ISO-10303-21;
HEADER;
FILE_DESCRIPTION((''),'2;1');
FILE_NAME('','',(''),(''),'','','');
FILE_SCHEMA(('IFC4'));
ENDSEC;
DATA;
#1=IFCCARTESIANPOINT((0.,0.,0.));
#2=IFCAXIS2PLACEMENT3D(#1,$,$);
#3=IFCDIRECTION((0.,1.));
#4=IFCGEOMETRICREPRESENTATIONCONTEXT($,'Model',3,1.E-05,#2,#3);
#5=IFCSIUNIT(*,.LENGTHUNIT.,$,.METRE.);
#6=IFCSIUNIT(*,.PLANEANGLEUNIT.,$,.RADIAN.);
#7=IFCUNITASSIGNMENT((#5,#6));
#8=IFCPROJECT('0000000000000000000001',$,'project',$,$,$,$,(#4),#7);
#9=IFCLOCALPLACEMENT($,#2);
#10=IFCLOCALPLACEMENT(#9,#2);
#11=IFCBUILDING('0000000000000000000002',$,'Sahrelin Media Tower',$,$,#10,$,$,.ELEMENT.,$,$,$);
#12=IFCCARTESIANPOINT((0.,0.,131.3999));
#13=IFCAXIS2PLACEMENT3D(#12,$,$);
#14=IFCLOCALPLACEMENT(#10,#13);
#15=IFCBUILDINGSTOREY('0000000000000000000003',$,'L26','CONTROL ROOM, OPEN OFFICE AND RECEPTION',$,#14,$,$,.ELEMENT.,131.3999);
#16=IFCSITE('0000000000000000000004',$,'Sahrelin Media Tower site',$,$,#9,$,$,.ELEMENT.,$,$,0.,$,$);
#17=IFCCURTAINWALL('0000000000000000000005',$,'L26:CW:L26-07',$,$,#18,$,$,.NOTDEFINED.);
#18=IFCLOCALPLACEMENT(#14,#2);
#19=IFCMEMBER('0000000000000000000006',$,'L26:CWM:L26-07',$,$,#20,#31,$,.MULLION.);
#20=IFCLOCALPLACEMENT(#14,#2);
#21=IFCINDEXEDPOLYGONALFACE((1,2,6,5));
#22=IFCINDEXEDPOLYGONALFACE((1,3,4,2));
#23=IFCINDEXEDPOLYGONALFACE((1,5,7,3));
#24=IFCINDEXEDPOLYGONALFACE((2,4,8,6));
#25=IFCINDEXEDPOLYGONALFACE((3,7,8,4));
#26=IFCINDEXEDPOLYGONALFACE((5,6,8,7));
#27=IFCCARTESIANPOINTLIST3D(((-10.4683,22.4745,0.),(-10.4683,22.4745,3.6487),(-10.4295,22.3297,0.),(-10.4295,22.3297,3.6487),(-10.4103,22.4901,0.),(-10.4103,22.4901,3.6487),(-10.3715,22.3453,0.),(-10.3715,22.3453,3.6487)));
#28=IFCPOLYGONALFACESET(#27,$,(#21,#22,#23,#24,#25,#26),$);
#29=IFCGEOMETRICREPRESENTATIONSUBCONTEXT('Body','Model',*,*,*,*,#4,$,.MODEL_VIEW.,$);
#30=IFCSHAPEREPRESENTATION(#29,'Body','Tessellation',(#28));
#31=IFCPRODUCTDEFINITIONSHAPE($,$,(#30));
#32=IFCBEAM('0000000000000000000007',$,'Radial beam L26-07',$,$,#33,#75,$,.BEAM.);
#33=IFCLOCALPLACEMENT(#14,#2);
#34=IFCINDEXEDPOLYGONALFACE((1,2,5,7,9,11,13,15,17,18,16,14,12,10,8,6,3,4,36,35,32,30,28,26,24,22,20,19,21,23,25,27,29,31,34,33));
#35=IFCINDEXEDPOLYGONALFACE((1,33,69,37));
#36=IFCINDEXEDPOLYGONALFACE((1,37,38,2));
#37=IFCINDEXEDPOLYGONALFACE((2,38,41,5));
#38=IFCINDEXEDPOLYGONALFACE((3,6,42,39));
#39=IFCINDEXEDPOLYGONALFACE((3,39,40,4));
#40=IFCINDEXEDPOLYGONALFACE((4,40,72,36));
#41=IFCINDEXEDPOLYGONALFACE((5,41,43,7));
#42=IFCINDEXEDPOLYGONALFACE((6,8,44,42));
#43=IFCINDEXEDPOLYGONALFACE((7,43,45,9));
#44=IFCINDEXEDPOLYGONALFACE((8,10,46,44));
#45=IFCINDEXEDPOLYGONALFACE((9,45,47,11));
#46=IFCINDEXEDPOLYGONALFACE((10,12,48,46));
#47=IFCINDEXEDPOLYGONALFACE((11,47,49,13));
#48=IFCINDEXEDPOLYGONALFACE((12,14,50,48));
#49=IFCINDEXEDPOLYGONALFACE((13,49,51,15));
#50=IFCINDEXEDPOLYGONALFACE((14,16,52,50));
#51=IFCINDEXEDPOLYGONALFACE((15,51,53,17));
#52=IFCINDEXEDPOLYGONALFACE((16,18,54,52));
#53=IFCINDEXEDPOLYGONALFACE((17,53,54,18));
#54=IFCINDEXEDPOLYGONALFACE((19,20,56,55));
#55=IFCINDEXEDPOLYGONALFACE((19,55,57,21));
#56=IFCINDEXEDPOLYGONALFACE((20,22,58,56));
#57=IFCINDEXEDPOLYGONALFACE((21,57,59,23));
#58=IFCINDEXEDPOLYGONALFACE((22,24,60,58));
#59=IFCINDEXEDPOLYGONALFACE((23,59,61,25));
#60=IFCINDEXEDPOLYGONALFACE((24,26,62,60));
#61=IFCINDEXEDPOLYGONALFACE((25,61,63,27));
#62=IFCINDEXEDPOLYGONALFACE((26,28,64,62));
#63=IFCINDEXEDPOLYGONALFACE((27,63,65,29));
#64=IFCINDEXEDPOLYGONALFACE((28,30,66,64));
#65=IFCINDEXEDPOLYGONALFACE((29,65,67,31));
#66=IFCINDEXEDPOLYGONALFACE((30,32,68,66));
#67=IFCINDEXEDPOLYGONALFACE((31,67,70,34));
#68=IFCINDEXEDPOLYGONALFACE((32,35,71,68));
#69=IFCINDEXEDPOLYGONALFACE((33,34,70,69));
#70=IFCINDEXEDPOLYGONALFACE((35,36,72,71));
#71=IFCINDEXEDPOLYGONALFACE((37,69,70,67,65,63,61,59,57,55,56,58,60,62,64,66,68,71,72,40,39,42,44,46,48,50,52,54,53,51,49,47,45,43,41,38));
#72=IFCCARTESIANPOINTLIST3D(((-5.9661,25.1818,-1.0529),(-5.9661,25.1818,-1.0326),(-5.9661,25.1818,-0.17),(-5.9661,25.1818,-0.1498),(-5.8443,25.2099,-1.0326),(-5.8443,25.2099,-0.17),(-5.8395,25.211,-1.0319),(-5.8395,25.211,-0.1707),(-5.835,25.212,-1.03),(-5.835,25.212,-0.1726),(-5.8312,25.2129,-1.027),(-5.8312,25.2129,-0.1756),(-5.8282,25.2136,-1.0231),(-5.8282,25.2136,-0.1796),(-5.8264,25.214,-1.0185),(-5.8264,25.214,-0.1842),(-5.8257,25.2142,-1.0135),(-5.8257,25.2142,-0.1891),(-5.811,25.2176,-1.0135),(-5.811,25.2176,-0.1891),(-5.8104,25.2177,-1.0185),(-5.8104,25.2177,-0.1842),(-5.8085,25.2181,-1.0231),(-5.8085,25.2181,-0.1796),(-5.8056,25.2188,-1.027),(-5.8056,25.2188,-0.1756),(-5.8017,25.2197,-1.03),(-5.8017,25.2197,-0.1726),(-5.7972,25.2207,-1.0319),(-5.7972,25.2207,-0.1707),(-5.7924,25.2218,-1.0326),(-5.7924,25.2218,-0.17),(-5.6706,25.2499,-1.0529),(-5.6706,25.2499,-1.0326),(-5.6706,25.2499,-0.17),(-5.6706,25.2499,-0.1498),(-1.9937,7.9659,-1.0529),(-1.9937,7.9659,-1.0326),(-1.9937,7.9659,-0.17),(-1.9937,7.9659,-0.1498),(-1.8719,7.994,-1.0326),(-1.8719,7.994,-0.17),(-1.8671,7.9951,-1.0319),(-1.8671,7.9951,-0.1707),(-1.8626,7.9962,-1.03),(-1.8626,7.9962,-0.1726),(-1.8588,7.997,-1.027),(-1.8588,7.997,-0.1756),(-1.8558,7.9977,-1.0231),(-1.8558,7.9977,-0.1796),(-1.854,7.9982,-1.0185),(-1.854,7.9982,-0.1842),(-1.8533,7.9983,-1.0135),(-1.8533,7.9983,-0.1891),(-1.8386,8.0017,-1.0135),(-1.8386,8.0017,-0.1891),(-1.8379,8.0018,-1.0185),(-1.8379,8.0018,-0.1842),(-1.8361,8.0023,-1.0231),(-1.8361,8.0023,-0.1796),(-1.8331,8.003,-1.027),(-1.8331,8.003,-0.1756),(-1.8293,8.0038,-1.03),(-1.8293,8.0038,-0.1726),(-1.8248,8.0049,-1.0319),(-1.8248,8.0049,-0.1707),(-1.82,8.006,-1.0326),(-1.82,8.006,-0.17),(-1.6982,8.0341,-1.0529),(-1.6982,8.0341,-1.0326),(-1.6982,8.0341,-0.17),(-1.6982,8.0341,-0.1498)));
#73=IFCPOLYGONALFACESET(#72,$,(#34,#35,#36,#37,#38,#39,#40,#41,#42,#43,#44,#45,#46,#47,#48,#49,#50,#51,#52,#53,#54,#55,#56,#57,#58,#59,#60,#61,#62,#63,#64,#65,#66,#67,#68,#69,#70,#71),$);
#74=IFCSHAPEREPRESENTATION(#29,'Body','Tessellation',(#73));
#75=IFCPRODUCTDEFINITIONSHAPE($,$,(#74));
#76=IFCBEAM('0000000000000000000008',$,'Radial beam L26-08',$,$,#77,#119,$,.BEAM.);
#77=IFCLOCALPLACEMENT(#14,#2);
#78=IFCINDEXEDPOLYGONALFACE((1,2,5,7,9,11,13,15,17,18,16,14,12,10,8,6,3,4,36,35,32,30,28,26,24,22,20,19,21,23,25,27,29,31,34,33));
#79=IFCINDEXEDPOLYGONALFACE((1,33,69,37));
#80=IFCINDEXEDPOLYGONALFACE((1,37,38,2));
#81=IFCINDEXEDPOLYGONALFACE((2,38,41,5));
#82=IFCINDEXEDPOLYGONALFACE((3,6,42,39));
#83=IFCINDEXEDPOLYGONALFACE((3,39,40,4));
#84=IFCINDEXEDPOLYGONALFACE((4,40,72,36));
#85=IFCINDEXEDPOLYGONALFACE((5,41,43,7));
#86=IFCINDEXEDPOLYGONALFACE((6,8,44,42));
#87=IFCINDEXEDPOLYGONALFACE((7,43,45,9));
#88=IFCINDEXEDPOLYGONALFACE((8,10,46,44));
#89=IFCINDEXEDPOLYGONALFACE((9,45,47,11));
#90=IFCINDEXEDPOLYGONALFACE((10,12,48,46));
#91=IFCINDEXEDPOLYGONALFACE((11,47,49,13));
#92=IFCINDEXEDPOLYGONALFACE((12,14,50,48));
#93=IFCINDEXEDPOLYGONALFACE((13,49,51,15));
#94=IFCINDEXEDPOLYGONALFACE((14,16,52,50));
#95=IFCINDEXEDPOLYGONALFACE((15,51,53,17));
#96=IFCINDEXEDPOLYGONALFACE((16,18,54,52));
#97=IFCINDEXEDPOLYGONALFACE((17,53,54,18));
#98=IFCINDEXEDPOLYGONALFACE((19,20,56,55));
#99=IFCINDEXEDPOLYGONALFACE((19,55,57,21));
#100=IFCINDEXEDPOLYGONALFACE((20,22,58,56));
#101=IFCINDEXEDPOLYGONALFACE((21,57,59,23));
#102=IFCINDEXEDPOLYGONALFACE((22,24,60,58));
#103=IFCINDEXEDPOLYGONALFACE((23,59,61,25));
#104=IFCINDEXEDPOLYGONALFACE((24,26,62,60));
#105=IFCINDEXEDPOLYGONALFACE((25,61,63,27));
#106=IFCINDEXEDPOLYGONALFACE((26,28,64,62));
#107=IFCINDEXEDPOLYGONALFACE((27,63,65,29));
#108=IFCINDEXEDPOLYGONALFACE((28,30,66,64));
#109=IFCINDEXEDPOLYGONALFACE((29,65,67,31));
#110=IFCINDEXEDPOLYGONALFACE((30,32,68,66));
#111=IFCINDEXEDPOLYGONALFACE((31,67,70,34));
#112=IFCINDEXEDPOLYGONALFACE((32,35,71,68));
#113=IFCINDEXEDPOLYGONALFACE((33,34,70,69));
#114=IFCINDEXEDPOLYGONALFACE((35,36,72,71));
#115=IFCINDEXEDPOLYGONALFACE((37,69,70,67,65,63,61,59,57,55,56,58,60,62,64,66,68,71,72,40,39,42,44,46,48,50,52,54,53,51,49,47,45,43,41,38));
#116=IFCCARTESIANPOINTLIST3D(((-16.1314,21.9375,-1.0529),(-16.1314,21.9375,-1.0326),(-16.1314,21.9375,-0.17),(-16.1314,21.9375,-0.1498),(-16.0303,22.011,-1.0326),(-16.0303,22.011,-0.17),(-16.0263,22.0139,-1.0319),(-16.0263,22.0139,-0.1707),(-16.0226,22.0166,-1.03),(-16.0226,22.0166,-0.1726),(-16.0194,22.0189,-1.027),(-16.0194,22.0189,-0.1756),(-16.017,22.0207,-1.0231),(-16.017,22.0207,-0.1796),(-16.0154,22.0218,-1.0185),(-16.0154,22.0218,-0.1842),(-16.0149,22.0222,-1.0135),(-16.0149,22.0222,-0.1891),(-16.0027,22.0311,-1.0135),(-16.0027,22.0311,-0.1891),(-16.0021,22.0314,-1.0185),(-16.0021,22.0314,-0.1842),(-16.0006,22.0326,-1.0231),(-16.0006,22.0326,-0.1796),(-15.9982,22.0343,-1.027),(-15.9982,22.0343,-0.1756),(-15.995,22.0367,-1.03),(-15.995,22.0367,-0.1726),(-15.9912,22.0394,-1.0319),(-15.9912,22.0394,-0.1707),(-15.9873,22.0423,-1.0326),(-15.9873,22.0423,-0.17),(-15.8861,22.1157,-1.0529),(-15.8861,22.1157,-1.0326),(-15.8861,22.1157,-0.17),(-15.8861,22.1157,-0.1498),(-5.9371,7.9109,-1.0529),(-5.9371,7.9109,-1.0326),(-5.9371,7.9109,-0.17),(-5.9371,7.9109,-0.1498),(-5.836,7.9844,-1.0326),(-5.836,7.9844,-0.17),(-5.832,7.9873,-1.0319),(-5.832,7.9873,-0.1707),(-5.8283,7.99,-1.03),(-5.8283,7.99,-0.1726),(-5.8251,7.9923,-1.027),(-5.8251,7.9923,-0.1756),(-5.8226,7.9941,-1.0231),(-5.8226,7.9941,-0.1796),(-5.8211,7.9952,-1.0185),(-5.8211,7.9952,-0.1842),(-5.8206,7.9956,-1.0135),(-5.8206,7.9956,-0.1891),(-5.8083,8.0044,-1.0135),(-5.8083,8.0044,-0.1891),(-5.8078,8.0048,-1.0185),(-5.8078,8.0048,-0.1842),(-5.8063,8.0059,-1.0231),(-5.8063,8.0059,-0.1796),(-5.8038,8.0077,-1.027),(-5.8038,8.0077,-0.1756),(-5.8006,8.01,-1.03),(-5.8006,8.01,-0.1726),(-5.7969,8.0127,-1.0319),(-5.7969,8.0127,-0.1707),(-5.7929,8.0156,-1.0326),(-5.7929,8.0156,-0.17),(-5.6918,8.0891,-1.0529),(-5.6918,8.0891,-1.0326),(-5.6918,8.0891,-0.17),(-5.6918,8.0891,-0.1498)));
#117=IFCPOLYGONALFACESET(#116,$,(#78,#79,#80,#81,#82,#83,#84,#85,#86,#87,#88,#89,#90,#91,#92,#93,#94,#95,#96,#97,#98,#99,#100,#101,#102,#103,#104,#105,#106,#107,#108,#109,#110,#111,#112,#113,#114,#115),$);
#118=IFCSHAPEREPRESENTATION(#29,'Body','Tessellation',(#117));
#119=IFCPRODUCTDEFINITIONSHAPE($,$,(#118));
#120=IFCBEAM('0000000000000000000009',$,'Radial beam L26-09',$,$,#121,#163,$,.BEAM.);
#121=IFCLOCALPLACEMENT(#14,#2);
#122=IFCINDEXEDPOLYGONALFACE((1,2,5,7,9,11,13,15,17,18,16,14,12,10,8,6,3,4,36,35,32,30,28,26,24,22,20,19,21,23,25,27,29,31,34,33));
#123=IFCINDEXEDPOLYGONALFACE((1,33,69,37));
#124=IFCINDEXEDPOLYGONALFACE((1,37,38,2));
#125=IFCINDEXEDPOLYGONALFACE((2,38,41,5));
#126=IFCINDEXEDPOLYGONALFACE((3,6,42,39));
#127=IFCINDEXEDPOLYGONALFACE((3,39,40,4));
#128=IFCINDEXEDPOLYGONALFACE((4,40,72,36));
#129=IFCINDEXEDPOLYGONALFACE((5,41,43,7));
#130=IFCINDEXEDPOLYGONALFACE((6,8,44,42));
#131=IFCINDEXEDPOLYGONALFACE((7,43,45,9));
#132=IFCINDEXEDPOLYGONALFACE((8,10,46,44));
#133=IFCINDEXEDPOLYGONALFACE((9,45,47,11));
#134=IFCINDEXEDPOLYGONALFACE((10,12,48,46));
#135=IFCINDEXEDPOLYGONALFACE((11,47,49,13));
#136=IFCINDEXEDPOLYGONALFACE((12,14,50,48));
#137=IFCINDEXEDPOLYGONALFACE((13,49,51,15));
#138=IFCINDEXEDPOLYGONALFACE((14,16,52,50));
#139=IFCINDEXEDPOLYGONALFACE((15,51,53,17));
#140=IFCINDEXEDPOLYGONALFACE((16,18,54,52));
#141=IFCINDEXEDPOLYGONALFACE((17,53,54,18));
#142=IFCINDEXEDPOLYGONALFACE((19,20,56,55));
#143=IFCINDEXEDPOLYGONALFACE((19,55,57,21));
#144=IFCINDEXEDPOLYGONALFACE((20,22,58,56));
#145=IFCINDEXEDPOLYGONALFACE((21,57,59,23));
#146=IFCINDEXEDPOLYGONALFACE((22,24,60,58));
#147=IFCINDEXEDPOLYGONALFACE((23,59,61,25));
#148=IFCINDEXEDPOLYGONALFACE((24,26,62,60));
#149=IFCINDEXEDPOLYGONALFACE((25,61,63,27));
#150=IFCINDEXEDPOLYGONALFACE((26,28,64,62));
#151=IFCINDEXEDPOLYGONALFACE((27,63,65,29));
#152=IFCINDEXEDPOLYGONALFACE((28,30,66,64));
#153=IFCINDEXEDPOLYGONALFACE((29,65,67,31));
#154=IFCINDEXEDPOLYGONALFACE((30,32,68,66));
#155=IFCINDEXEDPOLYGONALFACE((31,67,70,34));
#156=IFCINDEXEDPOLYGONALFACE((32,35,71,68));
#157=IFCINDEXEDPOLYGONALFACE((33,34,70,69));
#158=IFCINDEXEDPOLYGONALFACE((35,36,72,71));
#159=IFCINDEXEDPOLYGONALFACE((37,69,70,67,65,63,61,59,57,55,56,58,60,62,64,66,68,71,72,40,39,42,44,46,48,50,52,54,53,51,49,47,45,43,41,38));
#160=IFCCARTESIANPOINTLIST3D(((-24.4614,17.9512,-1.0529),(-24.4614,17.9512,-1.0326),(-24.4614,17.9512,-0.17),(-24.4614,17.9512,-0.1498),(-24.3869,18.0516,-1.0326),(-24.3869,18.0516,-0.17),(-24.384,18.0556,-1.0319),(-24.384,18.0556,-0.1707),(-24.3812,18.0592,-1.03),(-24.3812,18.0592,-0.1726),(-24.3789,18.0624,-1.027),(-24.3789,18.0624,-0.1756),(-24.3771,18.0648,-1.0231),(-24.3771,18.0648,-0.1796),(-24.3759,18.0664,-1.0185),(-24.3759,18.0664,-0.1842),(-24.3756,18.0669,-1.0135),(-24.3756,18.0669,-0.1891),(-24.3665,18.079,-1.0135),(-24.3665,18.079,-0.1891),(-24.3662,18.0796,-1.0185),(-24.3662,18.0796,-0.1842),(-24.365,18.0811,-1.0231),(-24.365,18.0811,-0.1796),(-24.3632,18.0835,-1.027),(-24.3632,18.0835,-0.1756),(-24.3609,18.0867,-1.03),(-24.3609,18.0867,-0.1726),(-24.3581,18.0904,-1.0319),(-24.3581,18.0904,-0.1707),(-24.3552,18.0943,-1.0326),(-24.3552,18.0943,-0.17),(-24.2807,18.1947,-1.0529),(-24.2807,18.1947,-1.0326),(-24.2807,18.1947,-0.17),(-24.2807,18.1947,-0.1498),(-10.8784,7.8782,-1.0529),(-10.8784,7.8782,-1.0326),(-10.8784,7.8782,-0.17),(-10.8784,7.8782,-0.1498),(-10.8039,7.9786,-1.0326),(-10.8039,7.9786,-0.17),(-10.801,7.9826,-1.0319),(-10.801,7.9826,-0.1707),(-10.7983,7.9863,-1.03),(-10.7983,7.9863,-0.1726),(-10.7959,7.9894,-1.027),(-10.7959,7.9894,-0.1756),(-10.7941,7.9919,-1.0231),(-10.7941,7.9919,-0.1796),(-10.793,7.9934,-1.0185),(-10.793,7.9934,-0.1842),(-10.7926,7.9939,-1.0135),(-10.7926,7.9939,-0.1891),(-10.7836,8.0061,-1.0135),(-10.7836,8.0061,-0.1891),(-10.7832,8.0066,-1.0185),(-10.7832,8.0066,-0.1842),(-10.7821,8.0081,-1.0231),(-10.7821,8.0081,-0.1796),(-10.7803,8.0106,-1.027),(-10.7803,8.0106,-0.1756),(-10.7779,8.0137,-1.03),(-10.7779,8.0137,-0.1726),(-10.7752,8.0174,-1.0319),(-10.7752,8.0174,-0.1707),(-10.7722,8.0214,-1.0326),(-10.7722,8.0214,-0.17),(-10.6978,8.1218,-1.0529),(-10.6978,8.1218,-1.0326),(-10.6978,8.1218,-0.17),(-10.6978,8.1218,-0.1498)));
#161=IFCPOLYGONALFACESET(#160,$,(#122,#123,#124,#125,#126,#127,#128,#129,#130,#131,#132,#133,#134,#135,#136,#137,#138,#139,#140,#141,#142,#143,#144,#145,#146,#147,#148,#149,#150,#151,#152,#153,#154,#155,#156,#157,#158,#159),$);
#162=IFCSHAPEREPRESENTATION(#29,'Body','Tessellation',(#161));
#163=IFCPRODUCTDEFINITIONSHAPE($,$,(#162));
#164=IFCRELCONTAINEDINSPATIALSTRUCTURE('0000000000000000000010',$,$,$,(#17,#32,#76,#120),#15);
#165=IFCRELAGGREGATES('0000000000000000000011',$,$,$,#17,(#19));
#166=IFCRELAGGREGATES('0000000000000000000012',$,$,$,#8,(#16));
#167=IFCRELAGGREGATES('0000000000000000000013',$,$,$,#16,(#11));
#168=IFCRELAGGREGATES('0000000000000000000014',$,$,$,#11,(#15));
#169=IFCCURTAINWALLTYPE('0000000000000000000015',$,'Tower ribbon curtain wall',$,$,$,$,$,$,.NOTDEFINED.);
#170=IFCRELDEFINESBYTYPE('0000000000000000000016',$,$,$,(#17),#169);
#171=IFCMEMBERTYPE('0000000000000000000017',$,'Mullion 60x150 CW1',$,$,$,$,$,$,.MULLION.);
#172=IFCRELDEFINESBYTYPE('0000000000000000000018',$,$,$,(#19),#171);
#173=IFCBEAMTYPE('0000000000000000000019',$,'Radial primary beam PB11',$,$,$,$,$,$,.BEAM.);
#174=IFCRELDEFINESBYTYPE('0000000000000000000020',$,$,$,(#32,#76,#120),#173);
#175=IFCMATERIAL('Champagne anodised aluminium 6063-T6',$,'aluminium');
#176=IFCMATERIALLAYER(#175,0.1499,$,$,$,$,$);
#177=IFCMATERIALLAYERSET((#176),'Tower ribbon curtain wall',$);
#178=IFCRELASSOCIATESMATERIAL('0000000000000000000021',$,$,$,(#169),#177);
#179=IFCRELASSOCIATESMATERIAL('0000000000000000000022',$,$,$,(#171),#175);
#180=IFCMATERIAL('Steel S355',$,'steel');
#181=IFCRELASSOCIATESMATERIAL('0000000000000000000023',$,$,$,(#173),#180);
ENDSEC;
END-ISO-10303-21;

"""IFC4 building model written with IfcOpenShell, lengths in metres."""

from ifc_helpers import new_model, si_unit, direction, frame, origin, origin_2d, place, context, subcontext, project, spatial, rectangle, i_section, extrude, material, layer, layer_set, material_profile, profile_set, type_object, element, aggregate, save


model = new_model("IFC4")

# Units and contexts
model_context = context("Model", 3, precision=1e-05, world=origin(), true_north=direction((0.0, 1.0)))
body_context = subcontext(model_context, "Body", "Model", "MODEL_VIEW")
ifc_project = project(units=[si_unit("LENGTHUNIT", "METRE"), si_unit("PLANEANGLEUNIT", "RADIAN")], contexts=[model_context])

# Site, building, storey
site_placement = place(None, origin())
site = spatial("IfcSite", under=ifc_project, at=site_placement, Name="Sahrelin Media Tower site", CompositionType="ELEMENT", RefElevation=0.0)
building_placement = place(site_placement, origin())
building = spatial("IfcBuilding", under=site, at=building_placement, Name="Sahrelin Media Tower", CompositionType="ELEMENT")
storey_placement = place(building_placement, frame((0.0, 0.0, 131.3999)))
storey = spatial("IfcBuildingStorey", under=building, at=storey_placement, Name="L26", Description="CONTROL ROOM, OPEN OFFICE AND RECEPTION", CompositionType="ELEMENT", Elevation=131.3999)

# Shared definitions
ifc_material_1 = material(Name="Steel S355", Category="steel")

# Curtain wall, member
ifc_material_2 = material(Name="Champagne anodised aluminium 6063-T6", Category="aluminium")
ifc_layer_1 = layer(ifc_material_2, 0.1499)
ifc_layer_set_1 = layer_set([ifc_layer_1], Name="Tower ribbon curtain wall")
curtain_wall_type = type_object("IfcCurtainWallType", Name="Tower ribbon curtain wall", PredefinedType="NOTDEFINED", material=ifc_layer_set_1)
ifc_material_profile_1 = material_profile(ifc_material_2, rectangle(XDim=0.0601, YDim=0.1499, at=origin_2d()), Name="Mullion 60x150")
ifc_profile_set_1 = profile_set([ifc_material_profile_1], Name="Champagne anodised aluminium 6063-T6")
member_type_1 = type_object("IfcMemberType", Name="Mullion 60x150 CW1", PredefinedType="MULLION", material=ifc_profile_set_1)
curtain_wall_1_placement = place(storey_placement, frame((-10.4443, 22.5017, 0.0), z_axis=(0.0, 0.0, 1.0), x_axis=(1.0, 0.0, 0.0)))
curtain_wall_1 = element("IfcCurtainWall", 1, at=curtain_wall_1_placement, inside=storey, type_object=curtain_wall_type, Name="L26:CW:L26-07", PredefinedType="NOTDEFINED")
member_1_placement = place(storey_placement, frame((-10.4199, 22.4099, 0.0), z_axis=(0.0, 0.0, 1.0), x_axis=(-0.965926, -0.258817, 0.0)))
member_1 = element("IfcMember", 2, at=member_1_placement, type_object=member_type_1, Name="L26:CWM:L26-07", PredefinedType="MULLION", context=body_context, shape_type="SweptSolid", body=[
    extrude(rectangle(XDim=0.0601, YDim=0.1499, at=origin_2d()), origin(), (0.0, 0.0, 1.0), 3.6487),
])

# Beams
ifc_material_profile_2 = material_profile(ifc_material_1, i_section(OverallWidth=0.3032, OverallDepth=0.9031, WebThickness=0.0151, FlangeThickness=0.0203, FilletRadius=0.019, at=origin_2d()), Name="UB 914x305x201")
ifc_profile_set_2 = profile_set([ifc_material_profile_2], Name="Steel S355")
beam_type_1 = type_object("IfcBeamType", Name="Radial primary beam PB11", PredefinedType="BEAM", material=ifc_profile_set_2)
beam_1_placement = place(storey_placement, frame((-1.8459, 8.0, -0.6013), z_axis=(-0.224834, 0.974397, 0.0), x_axis=(-0.974397, -0.224834, 0.0)))
element("IfcBeam", 3, at=beam_1_placement, inside=storey, type_object=beam_type_1, Name="Radial beam L26-07", PredefinedType="BEAM", context=body_context, shape_type="SweptSolid", body=[
    extrude(i_section(OverallWidth=0.3032, OverallDepth=0.9031, WebThickness=0.0151, FlangeThickness=0.0203, FilletRadius=0.019, at=origin_2d()), origin(), (0.0, 0.0, 1.0), 17.6682),
])
beam_2_placement = place(storey_placement, frame((-5.8145, 8.0, -0.6013), z_axis=(-0.587914, 0.808924, 0.0), x_axis=(-0.808924, -0.587914, 0.0)))
element("IfcBeam", 4, at=beam_2_placement, inside=storey, type_object=beam_type_1, Name="Radial beam L26-08", PredefinedType="BEAM", context=body_context, shape_type="SweptSolid", body=[
    extrude(i_section(OverallWidth=0.3032, OverallDepth=0.9031, WebThickness=0.0151, FlangeThickness=0.0203, FilletRadius=0.019, at=origin_2d()), origin(), (0.0, 0.0, 1.0), 17.3398),
])
beam_3_placement = place(storey_placement, frame((-10.7881, 8.0, -0.6013), z_axis=(-0.803231, 0.595667, 0.0), x_axis=(-0.595667, -0.803231, 0.0)))
element("IfcBeam", 5, at=beam_3_placement, inside=storey, type_object=beam_type_1, Name="Radial beam L26-09", PredefinedType="BEAM", context=body_context, shape_type="SweptSolid", body=[
    extrude(i_section(OverallWidth=0.3032, OverallDepth=0.9031, WebThickness=0.0151, FlangeThickness=0.0203, FilletRadius=0.019, at=origin_2d()), origin(), (0.0, 0.0, 1.0), 16.9104),
])

aggregate(curtain_wall_1, [member_1])

save(model, "model.ifc")
